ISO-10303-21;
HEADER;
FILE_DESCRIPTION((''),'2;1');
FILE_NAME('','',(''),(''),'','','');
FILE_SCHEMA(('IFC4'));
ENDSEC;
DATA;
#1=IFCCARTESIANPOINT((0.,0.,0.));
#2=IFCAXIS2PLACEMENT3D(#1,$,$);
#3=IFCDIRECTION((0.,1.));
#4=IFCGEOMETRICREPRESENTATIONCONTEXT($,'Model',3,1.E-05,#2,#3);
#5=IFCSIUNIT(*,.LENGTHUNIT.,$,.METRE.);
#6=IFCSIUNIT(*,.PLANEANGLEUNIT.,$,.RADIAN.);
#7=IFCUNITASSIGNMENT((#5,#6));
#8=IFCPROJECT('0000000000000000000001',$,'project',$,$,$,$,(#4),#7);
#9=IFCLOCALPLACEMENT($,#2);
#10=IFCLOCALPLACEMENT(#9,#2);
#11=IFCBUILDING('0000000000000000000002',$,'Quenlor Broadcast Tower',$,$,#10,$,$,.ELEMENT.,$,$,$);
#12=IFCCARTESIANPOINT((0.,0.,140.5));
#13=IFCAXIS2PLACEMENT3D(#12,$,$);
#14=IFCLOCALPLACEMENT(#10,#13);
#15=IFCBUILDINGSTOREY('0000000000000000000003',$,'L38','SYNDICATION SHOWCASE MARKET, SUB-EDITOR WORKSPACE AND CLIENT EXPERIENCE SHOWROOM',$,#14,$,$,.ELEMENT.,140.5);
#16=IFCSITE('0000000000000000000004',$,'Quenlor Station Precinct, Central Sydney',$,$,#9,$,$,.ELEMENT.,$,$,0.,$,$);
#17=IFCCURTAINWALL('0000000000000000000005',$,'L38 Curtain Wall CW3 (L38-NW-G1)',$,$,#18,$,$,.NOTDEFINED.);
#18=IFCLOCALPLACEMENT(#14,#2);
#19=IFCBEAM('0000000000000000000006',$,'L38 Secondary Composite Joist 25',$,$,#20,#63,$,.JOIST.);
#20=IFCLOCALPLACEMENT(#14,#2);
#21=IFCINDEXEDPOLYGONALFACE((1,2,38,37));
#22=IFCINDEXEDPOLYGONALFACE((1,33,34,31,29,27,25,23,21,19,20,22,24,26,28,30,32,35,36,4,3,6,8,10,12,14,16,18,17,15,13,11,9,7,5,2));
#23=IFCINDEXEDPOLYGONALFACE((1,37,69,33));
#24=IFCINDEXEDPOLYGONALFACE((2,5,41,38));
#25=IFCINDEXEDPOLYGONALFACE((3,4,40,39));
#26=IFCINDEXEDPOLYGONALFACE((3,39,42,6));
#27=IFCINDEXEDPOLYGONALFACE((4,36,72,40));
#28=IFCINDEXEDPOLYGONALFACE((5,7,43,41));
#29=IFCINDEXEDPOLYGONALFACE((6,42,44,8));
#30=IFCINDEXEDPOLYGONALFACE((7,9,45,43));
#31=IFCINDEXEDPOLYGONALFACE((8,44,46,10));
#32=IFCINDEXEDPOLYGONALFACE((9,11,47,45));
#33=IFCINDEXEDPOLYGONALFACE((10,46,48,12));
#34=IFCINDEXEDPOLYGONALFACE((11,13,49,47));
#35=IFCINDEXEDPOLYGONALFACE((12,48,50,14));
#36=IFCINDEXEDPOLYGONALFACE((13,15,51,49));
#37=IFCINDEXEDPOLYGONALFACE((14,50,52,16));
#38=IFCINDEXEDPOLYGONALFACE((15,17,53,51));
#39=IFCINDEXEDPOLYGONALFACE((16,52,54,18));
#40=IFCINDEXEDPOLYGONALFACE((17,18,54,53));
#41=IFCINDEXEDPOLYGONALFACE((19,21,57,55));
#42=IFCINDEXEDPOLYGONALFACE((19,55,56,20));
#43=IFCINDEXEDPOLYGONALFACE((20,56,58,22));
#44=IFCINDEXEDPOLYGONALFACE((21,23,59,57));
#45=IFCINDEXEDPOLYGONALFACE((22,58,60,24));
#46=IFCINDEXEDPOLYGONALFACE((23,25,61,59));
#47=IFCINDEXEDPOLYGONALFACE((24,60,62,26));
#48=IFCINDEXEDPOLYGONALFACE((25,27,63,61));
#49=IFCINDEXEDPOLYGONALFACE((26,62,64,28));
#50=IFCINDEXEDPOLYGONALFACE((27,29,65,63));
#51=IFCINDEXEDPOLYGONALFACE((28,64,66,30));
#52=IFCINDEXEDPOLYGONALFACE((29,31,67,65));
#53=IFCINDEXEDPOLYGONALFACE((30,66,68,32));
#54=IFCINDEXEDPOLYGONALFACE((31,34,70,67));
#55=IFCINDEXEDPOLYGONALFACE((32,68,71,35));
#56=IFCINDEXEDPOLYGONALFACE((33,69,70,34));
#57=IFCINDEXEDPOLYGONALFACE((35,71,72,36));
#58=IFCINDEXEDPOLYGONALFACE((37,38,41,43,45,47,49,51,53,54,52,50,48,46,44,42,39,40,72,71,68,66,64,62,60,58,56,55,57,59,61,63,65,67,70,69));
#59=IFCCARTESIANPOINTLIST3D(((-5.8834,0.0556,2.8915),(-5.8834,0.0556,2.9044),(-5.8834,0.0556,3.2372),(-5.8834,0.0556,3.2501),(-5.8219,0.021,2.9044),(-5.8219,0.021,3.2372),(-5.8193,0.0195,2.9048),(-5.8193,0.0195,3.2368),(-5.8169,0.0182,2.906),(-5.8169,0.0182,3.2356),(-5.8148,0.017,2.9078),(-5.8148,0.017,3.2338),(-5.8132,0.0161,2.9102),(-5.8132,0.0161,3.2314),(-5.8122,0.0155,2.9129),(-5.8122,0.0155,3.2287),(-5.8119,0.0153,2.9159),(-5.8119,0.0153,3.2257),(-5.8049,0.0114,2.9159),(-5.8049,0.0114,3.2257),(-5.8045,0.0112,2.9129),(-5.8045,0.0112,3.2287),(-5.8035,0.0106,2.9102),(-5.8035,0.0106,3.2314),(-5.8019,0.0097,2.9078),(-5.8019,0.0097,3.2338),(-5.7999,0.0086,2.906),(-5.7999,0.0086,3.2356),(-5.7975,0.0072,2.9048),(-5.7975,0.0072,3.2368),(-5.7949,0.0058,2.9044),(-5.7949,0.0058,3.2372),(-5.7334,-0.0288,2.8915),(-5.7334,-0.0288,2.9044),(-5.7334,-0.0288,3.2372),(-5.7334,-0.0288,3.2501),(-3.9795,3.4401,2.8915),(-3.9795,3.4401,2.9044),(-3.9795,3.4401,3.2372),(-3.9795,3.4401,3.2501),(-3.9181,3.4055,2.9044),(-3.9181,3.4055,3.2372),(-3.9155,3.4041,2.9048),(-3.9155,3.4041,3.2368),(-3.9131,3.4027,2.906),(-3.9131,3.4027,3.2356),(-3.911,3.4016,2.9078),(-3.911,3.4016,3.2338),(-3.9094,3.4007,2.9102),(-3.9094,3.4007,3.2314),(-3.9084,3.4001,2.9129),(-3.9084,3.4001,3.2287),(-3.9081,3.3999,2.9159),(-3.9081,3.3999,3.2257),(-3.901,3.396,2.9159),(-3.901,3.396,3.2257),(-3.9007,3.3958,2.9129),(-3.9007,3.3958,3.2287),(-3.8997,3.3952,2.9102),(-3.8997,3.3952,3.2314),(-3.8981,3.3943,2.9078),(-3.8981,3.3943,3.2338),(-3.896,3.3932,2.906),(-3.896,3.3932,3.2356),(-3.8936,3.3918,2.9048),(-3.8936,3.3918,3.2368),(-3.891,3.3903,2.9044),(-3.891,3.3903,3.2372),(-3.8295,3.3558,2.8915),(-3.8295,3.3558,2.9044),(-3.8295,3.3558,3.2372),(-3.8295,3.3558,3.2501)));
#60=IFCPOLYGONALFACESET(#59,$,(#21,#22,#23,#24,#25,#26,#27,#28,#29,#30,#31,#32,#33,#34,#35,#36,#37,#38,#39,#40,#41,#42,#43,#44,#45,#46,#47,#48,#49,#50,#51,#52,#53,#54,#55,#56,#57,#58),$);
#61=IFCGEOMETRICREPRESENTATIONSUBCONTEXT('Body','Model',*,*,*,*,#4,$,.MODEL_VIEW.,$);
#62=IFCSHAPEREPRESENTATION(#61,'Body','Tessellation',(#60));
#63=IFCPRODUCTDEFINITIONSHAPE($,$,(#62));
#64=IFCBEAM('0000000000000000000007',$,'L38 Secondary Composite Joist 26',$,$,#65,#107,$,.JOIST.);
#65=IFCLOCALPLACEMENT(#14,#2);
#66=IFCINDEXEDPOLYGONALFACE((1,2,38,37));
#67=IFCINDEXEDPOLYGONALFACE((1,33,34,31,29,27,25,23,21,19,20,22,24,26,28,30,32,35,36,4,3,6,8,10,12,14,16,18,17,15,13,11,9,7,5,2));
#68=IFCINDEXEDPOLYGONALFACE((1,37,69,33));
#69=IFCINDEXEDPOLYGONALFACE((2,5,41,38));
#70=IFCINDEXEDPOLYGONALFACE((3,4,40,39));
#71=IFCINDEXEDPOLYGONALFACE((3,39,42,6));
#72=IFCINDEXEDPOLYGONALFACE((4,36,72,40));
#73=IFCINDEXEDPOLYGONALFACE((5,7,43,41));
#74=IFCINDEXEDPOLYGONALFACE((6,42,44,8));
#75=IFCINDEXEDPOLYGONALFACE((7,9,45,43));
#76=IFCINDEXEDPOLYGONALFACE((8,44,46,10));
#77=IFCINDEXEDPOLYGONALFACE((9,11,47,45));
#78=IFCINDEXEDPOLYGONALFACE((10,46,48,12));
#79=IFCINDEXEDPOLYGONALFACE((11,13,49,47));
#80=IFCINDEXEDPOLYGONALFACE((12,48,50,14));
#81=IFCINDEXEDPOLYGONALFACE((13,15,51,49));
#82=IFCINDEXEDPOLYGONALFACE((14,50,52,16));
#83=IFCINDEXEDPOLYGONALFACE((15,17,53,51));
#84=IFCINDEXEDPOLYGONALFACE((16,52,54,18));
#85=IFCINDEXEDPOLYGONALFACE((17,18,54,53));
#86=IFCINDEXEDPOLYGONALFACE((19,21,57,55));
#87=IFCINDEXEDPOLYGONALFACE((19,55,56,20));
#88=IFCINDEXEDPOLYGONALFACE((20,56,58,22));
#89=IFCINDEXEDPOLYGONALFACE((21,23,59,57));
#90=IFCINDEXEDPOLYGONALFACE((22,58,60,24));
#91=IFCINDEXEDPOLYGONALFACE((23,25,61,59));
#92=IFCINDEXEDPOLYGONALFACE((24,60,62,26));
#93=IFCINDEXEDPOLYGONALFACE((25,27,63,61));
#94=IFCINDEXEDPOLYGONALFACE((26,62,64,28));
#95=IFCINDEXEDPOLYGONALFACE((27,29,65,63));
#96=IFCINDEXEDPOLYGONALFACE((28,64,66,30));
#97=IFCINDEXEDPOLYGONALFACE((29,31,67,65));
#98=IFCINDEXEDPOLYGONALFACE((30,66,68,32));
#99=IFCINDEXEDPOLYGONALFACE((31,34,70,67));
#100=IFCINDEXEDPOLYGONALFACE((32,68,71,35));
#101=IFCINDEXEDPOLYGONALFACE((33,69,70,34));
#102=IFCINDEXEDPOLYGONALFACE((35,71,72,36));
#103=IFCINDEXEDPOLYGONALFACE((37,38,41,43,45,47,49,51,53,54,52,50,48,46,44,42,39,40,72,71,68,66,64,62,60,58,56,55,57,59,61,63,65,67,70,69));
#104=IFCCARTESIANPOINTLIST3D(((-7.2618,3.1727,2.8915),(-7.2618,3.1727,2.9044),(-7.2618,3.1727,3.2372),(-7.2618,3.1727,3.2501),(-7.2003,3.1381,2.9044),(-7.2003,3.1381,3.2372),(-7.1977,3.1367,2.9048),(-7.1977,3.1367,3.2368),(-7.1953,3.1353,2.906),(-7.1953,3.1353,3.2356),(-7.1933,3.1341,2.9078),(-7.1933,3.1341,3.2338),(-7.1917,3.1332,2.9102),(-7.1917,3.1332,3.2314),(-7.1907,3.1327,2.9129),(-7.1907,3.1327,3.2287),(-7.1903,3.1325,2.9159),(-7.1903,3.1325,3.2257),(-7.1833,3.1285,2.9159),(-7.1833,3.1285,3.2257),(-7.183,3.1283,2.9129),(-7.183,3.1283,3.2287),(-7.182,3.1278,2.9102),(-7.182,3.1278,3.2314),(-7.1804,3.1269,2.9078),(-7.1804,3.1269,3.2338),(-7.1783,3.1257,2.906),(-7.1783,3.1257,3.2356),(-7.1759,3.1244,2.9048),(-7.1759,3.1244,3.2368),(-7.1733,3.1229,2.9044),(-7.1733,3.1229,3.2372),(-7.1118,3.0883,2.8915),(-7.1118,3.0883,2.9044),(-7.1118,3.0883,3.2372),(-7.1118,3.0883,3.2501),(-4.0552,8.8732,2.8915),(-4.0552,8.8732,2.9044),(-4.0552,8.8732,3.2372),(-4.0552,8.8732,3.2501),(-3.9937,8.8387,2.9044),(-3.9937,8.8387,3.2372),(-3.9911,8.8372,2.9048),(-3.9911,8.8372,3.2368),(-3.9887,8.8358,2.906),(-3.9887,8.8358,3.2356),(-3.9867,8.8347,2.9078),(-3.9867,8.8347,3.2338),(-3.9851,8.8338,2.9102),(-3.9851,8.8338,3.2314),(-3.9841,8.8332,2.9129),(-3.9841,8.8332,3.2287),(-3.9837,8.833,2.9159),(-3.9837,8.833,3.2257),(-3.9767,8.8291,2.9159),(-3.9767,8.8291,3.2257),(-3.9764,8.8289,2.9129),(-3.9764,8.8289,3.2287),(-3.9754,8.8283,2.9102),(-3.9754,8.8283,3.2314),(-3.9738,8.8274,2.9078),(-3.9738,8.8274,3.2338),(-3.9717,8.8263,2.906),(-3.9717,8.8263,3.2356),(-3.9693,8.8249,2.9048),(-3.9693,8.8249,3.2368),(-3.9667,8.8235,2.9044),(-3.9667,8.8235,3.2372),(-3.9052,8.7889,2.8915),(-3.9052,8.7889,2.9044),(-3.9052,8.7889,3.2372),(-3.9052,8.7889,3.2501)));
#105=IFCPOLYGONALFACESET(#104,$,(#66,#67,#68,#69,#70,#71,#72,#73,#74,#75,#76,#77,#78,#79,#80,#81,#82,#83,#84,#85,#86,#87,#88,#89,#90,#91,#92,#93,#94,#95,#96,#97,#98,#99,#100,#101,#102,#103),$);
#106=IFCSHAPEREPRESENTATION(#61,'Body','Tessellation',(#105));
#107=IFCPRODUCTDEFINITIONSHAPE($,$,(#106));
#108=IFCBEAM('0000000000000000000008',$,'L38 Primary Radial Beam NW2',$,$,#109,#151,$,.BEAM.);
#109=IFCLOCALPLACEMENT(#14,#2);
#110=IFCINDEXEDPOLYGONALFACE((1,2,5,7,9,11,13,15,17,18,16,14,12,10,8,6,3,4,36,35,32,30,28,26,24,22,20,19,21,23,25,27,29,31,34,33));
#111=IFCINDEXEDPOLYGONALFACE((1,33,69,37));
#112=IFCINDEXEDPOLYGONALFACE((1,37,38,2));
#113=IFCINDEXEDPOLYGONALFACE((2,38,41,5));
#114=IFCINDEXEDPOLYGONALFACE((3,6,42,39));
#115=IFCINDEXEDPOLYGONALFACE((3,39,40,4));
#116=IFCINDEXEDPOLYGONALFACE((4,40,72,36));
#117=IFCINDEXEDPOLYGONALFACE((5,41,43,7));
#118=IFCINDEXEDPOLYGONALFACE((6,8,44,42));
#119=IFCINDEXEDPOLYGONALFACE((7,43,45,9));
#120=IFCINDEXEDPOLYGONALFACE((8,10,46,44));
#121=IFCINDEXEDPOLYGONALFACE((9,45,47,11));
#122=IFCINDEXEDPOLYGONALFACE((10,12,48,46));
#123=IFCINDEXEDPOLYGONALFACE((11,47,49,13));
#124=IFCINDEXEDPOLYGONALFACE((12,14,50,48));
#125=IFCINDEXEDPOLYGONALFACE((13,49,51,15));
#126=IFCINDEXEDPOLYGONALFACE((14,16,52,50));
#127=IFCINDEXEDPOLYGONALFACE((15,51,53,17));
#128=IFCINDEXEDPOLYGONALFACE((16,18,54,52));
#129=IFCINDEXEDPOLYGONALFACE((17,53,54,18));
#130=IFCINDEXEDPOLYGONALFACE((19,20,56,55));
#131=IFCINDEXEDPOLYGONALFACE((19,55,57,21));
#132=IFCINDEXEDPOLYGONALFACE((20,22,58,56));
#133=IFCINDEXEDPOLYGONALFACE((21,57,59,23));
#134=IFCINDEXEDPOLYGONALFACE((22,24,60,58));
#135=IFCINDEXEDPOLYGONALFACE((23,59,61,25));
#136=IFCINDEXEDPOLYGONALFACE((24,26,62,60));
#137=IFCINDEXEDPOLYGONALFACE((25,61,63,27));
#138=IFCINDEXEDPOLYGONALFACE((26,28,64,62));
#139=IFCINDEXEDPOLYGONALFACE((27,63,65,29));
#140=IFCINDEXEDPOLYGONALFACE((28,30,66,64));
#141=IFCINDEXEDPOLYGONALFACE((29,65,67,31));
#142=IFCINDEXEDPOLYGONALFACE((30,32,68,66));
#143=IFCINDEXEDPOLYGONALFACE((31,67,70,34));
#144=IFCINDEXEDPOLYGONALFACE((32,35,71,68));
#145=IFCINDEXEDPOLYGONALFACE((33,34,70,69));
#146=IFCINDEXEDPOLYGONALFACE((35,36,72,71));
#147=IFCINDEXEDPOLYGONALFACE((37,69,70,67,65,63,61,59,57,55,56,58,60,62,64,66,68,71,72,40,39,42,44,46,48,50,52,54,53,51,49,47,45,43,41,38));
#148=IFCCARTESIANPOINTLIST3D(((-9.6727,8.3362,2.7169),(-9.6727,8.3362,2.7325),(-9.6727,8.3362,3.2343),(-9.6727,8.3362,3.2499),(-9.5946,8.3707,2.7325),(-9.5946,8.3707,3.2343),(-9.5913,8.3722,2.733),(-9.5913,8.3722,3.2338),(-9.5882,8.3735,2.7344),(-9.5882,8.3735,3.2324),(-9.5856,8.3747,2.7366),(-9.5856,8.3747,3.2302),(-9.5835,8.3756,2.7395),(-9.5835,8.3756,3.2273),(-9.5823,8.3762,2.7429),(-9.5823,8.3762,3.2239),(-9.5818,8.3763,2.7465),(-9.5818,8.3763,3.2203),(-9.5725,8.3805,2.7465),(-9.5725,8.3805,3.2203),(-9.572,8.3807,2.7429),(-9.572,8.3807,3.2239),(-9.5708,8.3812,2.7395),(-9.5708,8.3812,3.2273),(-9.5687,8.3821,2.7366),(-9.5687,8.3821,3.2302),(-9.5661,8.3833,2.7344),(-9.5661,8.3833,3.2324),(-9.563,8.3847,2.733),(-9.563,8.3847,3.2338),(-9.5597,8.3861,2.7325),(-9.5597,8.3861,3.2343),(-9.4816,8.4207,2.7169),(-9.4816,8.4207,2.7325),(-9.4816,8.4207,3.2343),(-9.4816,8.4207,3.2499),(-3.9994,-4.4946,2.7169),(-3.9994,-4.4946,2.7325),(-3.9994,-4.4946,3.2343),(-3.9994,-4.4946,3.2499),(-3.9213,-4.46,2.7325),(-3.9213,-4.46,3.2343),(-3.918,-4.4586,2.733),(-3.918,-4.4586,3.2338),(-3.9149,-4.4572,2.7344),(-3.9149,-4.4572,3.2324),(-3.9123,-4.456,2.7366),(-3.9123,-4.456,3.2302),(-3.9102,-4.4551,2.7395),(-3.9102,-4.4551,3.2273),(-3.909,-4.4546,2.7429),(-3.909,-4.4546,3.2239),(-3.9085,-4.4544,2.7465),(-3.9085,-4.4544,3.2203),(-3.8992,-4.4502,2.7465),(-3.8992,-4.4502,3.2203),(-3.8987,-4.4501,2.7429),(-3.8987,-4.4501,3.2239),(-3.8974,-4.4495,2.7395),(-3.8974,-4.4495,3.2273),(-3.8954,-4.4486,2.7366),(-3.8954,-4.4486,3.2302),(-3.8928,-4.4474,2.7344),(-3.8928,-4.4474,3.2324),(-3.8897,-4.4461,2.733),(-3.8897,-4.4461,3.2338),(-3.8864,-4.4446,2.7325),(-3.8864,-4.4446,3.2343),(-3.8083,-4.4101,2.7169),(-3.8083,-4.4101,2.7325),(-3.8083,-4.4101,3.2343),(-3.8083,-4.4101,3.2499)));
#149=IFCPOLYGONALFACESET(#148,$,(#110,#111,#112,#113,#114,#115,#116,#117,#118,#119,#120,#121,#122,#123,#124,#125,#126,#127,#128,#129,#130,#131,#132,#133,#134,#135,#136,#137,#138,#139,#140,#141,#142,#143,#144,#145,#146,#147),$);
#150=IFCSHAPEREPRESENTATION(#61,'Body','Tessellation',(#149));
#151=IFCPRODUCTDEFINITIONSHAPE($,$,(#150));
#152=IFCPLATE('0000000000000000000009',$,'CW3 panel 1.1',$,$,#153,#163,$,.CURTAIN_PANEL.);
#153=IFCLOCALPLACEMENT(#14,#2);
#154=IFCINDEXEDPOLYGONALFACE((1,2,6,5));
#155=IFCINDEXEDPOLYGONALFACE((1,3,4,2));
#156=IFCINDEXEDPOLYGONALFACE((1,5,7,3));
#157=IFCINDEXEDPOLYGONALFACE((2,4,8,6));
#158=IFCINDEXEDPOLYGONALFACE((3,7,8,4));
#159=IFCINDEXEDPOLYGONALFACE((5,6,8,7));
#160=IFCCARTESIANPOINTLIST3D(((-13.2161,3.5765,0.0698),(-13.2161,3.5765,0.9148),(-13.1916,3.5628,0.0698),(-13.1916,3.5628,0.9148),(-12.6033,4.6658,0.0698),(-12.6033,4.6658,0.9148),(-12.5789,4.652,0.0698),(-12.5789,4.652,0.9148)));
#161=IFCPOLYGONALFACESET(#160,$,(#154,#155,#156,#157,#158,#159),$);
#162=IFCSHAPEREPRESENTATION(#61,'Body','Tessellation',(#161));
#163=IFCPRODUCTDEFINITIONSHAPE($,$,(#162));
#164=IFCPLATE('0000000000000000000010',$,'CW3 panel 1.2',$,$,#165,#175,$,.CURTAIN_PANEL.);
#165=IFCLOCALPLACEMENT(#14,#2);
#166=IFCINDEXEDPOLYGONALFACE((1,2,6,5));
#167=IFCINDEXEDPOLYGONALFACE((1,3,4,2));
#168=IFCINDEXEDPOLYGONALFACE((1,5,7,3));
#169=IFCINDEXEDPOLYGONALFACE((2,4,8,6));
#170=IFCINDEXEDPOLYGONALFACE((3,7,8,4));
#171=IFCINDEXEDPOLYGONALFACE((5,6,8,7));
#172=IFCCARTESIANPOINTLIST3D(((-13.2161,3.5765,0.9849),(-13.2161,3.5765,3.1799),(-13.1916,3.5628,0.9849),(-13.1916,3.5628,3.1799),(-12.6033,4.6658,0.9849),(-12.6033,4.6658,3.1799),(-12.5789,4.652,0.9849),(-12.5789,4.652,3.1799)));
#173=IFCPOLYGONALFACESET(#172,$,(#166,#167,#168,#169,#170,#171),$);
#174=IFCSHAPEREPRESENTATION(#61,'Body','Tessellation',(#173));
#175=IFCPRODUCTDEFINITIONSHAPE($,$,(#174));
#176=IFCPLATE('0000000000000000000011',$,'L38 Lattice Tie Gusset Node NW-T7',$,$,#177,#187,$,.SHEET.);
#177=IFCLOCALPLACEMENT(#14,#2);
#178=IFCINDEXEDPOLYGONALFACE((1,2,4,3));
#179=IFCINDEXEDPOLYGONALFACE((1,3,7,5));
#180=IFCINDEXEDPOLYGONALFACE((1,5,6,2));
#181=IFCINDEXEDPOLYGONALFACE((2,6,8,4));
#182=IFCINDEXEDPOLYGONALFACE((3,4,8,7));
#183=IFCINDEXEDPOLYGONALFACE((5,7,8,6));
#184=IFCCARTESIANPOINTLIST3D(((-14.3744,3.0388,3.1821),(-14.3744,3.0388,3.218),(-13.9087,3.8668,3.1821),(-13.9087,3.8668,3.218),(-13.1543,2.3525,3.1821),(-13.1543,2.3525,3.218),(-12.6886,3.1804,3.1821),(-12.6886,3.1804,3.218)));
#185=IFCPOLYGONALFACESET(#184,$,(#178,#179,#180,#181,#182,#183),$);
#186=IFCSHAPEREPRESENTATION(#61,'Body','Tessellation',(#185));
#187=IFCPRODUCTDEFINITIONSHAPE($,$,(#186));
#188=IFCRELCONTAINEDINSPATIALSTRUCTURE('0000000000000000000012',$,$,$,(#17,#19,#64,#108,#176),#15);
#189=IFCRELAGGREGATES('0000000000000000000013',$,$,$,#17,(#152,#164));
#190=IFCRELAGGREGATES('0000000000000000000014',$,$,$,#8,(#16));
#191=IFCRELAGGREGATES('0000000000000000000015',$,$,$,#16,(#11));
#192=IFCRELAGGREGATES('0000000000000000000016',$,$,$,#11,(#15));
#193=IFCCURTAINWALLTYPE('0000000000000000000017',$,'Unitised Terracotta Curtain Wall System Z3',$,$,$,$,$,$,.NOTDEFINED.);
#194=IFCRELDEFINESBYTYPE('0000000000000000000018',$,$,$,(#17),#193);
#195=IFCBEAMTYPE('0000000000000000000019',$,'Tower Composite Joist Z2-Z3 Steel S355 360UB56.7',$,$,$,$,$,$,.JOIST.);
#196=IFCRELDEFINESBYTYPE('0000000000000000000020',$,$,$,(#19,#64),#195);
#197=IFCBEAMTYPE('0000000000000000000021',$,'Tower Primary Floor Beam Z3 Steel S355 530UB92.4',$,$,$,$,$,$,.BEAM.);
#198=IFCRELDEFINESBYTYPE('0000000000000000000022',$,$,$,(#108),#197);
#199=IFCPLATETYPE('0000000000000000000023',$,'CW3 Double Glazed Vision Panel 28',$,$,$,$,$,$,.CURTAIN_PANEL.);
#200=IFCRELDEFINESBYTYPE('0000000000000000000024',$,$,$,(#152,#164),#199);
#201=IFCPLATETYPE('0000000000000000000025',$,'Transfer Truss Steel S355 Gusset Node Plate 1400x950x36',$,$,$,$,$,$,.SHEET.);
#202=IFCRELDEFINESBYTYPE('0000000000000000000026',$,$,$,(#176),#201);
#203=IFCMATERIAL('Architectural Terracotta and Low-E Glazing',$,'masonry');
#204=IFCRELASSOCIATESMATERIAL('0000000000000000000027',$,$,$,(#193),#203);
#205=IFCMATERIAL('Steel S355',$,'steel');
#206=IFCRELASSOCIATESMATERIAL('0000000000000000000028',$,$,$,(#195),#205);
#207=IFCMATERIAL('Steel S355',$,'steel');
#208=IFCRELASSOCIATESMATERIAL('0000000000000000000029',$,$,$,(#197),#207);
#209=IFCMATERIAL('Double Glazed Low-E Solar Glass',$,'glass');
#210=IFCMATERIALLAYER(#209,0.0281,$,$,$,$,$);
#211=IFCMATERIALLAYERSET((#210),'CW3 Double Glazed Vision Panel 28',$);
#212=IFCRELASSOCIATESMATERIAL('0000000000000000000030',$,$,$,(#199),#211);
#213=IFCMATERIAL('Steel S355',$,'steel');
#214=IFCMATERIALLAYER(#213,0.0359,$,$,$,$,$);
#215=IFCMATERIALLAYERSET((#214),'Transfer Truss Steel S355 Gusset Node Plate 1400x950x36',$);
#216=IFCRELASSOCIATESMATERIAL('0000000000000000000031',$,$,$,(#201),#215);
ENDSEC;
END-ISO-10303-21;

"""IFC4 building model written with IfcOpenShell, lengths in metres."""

from ifc_helpers import new_model, si_unit, direction, frame, origin, origin_2d, place, context, subcontext, project, spatial, rectangle, i_section, extrude, material, layer, layer_set, material_profile, profile_set, type_object, element, aggregate, save


model = new_model("IFC4")

# Units and contexts
model_context = context("Model", 3, precision=1e-05, world=origin(), true_north=direction((0.0, 1.0)))
body_context = subcontext(model_context, "Body", "Model", "MODEL_VIEW")
ifc_project = project(units=[si_unit("LENGTHUNIT", "METRE"), si_unit("PLANEANGLEUNIT", "RADIAN")], contexts=[model_context])

# Site, building, storey
site_placement = place(None, origin())
site = spatial("IfcSite", under=ifc_project, at=site_placement, Name="Quenlor Station Precinct, Central Sydney", CompositionType="ELEMENT", RefElevation=0.0)
building_placement = place(site_placement, origin())
building = spatial("IfcBuilding", under=site, at=building_placement, Name="Quenlor Broadcast Tower", CompositionType="ELEMENT")
storey_placement = place(building_placement, frame((0.0, 0.0, 140.5)))
storey = spatial("IfcBuildingStorey", under=building, at=storey_placement, Name="L38", Description="SYNDICATION SHOWCASE MARKET, SUB-EDITOR WORKSPACE AND CLIENT EXPERIENCE SHOWROOM", CompositionType="ELEMENT", Elevation=140.5)

# Shared definitions
ifc_material_1 = material(Name="Architectural Terracotta and Low-E Glazing", Category="masonry")
curtain_wall_type = type_object("IfcCurtainWallType", Name="Unitised Terracotta Curtain Wall System Z3", PredefinedType="NOTDEFINED", material=ifc_material_1)

# Curtain wall
curtain_wall_1_placement = place(storey_placement, origin())
curtain_wall_1 = element("IfcCurtainWall", 1, at=curtain_wall_1_placement, inside=storey, type_object=curtain_wall_type, Name="L38 Curtain Wall CW3 (L38-NW-G1)", PredefinedType="NOTDEFINED")

# Beams
ifc_material_2 = material(Name="Steel S355", Category="steel")
ifc_material_profile_1 = material_profile(ifc_material_2, i_section(OverallWidth=0.1721, OverallDepth=0.3586, WebThickness=0.0081, FlangeThickness=0.0129, FilletRadius=0.0115, at=origin_2d()))
ifc_profile_set_1 = profile_set([ifc_material_profile_1], Name="Steel S355 360UB56.7")
beam_type_1 = type_object("IfcBeamType", Name="Tower Composite Joist Z2-Z3 Steel S355 360UB56.7", PredefinedType="JOIST", material=ifc_profile_set_1)
beam_1_placement = place(storey_placement, frame((-3.9045, 3.3979, 3.0708), z_axis=(-0.490264, -0.871574, 0.0), x_axis=(0.871574, -0.490264, 0.0)))
element("IfcBeam", 2, at=beam_1_placement, inside=storey, type_object=beam_type_1, Name="L38 Secondary Composite Joist 25", PredefinedType="JOIST", context=body_context, shape_type="SweptSolid", body=[
    extrude(i_section(OverallWidth=0.1721, OverallDepth=0.3586, WebThickness=0.0081, FlangeThickness=0.0129, FilletRadius=0.0115, at=origin_2d()), origin(), (0.0, 0.0, 1.0), 3.8833),
])
beam_2_placement = place(storey_placement, frame((-3.9802, 8.8311, 3.0708), z_axis=(-0.490267, -0.871573, 0.0), x_axis=(0.871573, -0.490267, 0.0)))
element("IfcBeam", 3, at=beam_2_placement, inside=storey, type_object=beam_type_1, Name="L38 Secondary Composite Joist 26", PredefinedType="JOIST", context=body_context, shape_type="SweptSolid", body=[
    extrude(i_section(OverallWidth=0.1721, OverallDepth=0.3586, WebThickness=0.0081, FlangeThickness=0.0129, FilletRadius=0.0115, at=origin_2d()), origin(), (0.0, 0.0, 1.0), 6.5405),
])
ifc_material_3 = material(Name="Steel S355", Category="steel")
ifc_material_profile_2 = material_profile(ifc_material_3, i_section(OverallWidth=0.209, OverallDepth=0.533, WebThickness=0.0103, FlangeThickness=0.0156, FilletRadius=0.0139, at=origin_2d()))
ifc_profile_set_2 = profile_set([ifc_material_profile_2], Name="Steel S355 530UB92.4")
beam_type_2 = type_object("IfcBeamType", Name="Tower Primary Floor Beam Z3 Steel S355 530UB92.4", PredefinedType="BEAM", material=ifc_profile_set_2)
beam_3_placement = place(storey_placement, frame((-9.5771, 8.3784, 2.9834), z_axis=(0.404397, -0.914583, 0.0), x_axis=(0.914583, 0.404397, 0.0)))
element("IfcBeam", 4, at=beam_3_placement, inside=storey, type_object=beam_type_2, Name="L38 Primary Radial Beam NW2", PredefinedType="BEAM", context=body_context, shape_type="SweptSolid", body=[
    extrude(i_section(OverallWidth=0.209, OverallDepth=0.533, WebThickness=0.0103, FlangeThickness=0.0156, FilletRadius=0.0139, at=origin_2d()), origin(), (0.0, 0.0, 1.0), 14.0291),
])

# Plates
ifc_material_4 = material(Name="Double Glazed Low-E Solar Glass", Category="glass")
ifc_layer_1 = layer(ifc_material_4, 0.0281)
ifc_layer_set_1 = layer_set([ifc_layer_1], Name="CW3 Double Glazed Vision Panel 28")
plate_type_1 = type_object("IfcPlateType", Name="CW3 Double Glazed Vision Panel 28", PredefinedType="CURTAIN_PANEL", material=ifc_layer_set_1)
plate_1_placement = place(storey_placement, frame((-12.8975, 4.1143, 0.0698), z_axis=(0.0, 0.0, 1.0), x_axis=(0.490285, 0.871562, 0.0)))
plate_1 = element("IfcPlate", 5, at=plate_1_placement, type_object=plate_type_1, Name="CW3 panel 1.1", PredefinedType="CURTAIN_PANEL", context=body_context, shape_type="SweptSolid", body=[
    extrude(rectangle(XDim=1.2498, YDim=0.0281, at=origin_2d()), origin(), (0.0, 0.0, 1.0), 0.845),
])
plate_2_placement = place(storey_placement, frame((-12.8975, 4.1143, 0.9849), z_axis=(0.0, 0.0, 1.0), x_axis=(0.490285, 0.871562, 0.0)))
plate_2 = element("IfcPlate", 6, at=plate_2_placement, type_object=plate_type_1, Name="CW3 panel 1.2", PredefinedType="CURTAIN_PANEL", context=body_context, shape_type="SweptSolid", body=[
    extrude(rectangle(XDim=1.2498, YDim=0.0281, at=origin_2d()), origin(), (0.0, 0.0, 1.0), 2.1951),
])
aggregate(curtain_wall_1, [plate_1, plate_2])

# Plate
ifc_material_5 = material(Name="Steel S355", Category="steel")
ifc_layer_2 = layer(ifc_material_5, 0.0359)
ifc_layer_set_2 = layer_set([ifc_layer_2], Name="Transfer Truss Steel S355 Gusset Node Plate 1400x950x36")
plate_type_2 = type_object("IfcPlateType", Name="Transfer Truss Steel S355 Gusset Node Plate 1400x950x36", PredefinedType="SHEET", material=ifc_layer_set_2)
for number, where, z_axis, x_axis, name in (
    (7, (-13.5315, 3.1096, 3.1821), (0.0, 0.0, 1.0), (-0.871556, 0.490295, 0.0), "L38 Lattice Tie Gusset Node NW-T7"),
):
    element("IfcPlate", number, at=place(storey_placement, frame(where, z_axis=z_axis, x_axis=x_axis)), inside=storey, type_object=plate_type_2, Name=name, PredefinedType="SHEET", context=body_context, shape_type="SweptSolid", body=[
        extrude(rectangle(XDim=1.3999, YDim=0.95, at=origin_2d()), origin(), (0.0, 0.0, 1.0), 0.0359),
    ])

save(model, "model.ifc")
